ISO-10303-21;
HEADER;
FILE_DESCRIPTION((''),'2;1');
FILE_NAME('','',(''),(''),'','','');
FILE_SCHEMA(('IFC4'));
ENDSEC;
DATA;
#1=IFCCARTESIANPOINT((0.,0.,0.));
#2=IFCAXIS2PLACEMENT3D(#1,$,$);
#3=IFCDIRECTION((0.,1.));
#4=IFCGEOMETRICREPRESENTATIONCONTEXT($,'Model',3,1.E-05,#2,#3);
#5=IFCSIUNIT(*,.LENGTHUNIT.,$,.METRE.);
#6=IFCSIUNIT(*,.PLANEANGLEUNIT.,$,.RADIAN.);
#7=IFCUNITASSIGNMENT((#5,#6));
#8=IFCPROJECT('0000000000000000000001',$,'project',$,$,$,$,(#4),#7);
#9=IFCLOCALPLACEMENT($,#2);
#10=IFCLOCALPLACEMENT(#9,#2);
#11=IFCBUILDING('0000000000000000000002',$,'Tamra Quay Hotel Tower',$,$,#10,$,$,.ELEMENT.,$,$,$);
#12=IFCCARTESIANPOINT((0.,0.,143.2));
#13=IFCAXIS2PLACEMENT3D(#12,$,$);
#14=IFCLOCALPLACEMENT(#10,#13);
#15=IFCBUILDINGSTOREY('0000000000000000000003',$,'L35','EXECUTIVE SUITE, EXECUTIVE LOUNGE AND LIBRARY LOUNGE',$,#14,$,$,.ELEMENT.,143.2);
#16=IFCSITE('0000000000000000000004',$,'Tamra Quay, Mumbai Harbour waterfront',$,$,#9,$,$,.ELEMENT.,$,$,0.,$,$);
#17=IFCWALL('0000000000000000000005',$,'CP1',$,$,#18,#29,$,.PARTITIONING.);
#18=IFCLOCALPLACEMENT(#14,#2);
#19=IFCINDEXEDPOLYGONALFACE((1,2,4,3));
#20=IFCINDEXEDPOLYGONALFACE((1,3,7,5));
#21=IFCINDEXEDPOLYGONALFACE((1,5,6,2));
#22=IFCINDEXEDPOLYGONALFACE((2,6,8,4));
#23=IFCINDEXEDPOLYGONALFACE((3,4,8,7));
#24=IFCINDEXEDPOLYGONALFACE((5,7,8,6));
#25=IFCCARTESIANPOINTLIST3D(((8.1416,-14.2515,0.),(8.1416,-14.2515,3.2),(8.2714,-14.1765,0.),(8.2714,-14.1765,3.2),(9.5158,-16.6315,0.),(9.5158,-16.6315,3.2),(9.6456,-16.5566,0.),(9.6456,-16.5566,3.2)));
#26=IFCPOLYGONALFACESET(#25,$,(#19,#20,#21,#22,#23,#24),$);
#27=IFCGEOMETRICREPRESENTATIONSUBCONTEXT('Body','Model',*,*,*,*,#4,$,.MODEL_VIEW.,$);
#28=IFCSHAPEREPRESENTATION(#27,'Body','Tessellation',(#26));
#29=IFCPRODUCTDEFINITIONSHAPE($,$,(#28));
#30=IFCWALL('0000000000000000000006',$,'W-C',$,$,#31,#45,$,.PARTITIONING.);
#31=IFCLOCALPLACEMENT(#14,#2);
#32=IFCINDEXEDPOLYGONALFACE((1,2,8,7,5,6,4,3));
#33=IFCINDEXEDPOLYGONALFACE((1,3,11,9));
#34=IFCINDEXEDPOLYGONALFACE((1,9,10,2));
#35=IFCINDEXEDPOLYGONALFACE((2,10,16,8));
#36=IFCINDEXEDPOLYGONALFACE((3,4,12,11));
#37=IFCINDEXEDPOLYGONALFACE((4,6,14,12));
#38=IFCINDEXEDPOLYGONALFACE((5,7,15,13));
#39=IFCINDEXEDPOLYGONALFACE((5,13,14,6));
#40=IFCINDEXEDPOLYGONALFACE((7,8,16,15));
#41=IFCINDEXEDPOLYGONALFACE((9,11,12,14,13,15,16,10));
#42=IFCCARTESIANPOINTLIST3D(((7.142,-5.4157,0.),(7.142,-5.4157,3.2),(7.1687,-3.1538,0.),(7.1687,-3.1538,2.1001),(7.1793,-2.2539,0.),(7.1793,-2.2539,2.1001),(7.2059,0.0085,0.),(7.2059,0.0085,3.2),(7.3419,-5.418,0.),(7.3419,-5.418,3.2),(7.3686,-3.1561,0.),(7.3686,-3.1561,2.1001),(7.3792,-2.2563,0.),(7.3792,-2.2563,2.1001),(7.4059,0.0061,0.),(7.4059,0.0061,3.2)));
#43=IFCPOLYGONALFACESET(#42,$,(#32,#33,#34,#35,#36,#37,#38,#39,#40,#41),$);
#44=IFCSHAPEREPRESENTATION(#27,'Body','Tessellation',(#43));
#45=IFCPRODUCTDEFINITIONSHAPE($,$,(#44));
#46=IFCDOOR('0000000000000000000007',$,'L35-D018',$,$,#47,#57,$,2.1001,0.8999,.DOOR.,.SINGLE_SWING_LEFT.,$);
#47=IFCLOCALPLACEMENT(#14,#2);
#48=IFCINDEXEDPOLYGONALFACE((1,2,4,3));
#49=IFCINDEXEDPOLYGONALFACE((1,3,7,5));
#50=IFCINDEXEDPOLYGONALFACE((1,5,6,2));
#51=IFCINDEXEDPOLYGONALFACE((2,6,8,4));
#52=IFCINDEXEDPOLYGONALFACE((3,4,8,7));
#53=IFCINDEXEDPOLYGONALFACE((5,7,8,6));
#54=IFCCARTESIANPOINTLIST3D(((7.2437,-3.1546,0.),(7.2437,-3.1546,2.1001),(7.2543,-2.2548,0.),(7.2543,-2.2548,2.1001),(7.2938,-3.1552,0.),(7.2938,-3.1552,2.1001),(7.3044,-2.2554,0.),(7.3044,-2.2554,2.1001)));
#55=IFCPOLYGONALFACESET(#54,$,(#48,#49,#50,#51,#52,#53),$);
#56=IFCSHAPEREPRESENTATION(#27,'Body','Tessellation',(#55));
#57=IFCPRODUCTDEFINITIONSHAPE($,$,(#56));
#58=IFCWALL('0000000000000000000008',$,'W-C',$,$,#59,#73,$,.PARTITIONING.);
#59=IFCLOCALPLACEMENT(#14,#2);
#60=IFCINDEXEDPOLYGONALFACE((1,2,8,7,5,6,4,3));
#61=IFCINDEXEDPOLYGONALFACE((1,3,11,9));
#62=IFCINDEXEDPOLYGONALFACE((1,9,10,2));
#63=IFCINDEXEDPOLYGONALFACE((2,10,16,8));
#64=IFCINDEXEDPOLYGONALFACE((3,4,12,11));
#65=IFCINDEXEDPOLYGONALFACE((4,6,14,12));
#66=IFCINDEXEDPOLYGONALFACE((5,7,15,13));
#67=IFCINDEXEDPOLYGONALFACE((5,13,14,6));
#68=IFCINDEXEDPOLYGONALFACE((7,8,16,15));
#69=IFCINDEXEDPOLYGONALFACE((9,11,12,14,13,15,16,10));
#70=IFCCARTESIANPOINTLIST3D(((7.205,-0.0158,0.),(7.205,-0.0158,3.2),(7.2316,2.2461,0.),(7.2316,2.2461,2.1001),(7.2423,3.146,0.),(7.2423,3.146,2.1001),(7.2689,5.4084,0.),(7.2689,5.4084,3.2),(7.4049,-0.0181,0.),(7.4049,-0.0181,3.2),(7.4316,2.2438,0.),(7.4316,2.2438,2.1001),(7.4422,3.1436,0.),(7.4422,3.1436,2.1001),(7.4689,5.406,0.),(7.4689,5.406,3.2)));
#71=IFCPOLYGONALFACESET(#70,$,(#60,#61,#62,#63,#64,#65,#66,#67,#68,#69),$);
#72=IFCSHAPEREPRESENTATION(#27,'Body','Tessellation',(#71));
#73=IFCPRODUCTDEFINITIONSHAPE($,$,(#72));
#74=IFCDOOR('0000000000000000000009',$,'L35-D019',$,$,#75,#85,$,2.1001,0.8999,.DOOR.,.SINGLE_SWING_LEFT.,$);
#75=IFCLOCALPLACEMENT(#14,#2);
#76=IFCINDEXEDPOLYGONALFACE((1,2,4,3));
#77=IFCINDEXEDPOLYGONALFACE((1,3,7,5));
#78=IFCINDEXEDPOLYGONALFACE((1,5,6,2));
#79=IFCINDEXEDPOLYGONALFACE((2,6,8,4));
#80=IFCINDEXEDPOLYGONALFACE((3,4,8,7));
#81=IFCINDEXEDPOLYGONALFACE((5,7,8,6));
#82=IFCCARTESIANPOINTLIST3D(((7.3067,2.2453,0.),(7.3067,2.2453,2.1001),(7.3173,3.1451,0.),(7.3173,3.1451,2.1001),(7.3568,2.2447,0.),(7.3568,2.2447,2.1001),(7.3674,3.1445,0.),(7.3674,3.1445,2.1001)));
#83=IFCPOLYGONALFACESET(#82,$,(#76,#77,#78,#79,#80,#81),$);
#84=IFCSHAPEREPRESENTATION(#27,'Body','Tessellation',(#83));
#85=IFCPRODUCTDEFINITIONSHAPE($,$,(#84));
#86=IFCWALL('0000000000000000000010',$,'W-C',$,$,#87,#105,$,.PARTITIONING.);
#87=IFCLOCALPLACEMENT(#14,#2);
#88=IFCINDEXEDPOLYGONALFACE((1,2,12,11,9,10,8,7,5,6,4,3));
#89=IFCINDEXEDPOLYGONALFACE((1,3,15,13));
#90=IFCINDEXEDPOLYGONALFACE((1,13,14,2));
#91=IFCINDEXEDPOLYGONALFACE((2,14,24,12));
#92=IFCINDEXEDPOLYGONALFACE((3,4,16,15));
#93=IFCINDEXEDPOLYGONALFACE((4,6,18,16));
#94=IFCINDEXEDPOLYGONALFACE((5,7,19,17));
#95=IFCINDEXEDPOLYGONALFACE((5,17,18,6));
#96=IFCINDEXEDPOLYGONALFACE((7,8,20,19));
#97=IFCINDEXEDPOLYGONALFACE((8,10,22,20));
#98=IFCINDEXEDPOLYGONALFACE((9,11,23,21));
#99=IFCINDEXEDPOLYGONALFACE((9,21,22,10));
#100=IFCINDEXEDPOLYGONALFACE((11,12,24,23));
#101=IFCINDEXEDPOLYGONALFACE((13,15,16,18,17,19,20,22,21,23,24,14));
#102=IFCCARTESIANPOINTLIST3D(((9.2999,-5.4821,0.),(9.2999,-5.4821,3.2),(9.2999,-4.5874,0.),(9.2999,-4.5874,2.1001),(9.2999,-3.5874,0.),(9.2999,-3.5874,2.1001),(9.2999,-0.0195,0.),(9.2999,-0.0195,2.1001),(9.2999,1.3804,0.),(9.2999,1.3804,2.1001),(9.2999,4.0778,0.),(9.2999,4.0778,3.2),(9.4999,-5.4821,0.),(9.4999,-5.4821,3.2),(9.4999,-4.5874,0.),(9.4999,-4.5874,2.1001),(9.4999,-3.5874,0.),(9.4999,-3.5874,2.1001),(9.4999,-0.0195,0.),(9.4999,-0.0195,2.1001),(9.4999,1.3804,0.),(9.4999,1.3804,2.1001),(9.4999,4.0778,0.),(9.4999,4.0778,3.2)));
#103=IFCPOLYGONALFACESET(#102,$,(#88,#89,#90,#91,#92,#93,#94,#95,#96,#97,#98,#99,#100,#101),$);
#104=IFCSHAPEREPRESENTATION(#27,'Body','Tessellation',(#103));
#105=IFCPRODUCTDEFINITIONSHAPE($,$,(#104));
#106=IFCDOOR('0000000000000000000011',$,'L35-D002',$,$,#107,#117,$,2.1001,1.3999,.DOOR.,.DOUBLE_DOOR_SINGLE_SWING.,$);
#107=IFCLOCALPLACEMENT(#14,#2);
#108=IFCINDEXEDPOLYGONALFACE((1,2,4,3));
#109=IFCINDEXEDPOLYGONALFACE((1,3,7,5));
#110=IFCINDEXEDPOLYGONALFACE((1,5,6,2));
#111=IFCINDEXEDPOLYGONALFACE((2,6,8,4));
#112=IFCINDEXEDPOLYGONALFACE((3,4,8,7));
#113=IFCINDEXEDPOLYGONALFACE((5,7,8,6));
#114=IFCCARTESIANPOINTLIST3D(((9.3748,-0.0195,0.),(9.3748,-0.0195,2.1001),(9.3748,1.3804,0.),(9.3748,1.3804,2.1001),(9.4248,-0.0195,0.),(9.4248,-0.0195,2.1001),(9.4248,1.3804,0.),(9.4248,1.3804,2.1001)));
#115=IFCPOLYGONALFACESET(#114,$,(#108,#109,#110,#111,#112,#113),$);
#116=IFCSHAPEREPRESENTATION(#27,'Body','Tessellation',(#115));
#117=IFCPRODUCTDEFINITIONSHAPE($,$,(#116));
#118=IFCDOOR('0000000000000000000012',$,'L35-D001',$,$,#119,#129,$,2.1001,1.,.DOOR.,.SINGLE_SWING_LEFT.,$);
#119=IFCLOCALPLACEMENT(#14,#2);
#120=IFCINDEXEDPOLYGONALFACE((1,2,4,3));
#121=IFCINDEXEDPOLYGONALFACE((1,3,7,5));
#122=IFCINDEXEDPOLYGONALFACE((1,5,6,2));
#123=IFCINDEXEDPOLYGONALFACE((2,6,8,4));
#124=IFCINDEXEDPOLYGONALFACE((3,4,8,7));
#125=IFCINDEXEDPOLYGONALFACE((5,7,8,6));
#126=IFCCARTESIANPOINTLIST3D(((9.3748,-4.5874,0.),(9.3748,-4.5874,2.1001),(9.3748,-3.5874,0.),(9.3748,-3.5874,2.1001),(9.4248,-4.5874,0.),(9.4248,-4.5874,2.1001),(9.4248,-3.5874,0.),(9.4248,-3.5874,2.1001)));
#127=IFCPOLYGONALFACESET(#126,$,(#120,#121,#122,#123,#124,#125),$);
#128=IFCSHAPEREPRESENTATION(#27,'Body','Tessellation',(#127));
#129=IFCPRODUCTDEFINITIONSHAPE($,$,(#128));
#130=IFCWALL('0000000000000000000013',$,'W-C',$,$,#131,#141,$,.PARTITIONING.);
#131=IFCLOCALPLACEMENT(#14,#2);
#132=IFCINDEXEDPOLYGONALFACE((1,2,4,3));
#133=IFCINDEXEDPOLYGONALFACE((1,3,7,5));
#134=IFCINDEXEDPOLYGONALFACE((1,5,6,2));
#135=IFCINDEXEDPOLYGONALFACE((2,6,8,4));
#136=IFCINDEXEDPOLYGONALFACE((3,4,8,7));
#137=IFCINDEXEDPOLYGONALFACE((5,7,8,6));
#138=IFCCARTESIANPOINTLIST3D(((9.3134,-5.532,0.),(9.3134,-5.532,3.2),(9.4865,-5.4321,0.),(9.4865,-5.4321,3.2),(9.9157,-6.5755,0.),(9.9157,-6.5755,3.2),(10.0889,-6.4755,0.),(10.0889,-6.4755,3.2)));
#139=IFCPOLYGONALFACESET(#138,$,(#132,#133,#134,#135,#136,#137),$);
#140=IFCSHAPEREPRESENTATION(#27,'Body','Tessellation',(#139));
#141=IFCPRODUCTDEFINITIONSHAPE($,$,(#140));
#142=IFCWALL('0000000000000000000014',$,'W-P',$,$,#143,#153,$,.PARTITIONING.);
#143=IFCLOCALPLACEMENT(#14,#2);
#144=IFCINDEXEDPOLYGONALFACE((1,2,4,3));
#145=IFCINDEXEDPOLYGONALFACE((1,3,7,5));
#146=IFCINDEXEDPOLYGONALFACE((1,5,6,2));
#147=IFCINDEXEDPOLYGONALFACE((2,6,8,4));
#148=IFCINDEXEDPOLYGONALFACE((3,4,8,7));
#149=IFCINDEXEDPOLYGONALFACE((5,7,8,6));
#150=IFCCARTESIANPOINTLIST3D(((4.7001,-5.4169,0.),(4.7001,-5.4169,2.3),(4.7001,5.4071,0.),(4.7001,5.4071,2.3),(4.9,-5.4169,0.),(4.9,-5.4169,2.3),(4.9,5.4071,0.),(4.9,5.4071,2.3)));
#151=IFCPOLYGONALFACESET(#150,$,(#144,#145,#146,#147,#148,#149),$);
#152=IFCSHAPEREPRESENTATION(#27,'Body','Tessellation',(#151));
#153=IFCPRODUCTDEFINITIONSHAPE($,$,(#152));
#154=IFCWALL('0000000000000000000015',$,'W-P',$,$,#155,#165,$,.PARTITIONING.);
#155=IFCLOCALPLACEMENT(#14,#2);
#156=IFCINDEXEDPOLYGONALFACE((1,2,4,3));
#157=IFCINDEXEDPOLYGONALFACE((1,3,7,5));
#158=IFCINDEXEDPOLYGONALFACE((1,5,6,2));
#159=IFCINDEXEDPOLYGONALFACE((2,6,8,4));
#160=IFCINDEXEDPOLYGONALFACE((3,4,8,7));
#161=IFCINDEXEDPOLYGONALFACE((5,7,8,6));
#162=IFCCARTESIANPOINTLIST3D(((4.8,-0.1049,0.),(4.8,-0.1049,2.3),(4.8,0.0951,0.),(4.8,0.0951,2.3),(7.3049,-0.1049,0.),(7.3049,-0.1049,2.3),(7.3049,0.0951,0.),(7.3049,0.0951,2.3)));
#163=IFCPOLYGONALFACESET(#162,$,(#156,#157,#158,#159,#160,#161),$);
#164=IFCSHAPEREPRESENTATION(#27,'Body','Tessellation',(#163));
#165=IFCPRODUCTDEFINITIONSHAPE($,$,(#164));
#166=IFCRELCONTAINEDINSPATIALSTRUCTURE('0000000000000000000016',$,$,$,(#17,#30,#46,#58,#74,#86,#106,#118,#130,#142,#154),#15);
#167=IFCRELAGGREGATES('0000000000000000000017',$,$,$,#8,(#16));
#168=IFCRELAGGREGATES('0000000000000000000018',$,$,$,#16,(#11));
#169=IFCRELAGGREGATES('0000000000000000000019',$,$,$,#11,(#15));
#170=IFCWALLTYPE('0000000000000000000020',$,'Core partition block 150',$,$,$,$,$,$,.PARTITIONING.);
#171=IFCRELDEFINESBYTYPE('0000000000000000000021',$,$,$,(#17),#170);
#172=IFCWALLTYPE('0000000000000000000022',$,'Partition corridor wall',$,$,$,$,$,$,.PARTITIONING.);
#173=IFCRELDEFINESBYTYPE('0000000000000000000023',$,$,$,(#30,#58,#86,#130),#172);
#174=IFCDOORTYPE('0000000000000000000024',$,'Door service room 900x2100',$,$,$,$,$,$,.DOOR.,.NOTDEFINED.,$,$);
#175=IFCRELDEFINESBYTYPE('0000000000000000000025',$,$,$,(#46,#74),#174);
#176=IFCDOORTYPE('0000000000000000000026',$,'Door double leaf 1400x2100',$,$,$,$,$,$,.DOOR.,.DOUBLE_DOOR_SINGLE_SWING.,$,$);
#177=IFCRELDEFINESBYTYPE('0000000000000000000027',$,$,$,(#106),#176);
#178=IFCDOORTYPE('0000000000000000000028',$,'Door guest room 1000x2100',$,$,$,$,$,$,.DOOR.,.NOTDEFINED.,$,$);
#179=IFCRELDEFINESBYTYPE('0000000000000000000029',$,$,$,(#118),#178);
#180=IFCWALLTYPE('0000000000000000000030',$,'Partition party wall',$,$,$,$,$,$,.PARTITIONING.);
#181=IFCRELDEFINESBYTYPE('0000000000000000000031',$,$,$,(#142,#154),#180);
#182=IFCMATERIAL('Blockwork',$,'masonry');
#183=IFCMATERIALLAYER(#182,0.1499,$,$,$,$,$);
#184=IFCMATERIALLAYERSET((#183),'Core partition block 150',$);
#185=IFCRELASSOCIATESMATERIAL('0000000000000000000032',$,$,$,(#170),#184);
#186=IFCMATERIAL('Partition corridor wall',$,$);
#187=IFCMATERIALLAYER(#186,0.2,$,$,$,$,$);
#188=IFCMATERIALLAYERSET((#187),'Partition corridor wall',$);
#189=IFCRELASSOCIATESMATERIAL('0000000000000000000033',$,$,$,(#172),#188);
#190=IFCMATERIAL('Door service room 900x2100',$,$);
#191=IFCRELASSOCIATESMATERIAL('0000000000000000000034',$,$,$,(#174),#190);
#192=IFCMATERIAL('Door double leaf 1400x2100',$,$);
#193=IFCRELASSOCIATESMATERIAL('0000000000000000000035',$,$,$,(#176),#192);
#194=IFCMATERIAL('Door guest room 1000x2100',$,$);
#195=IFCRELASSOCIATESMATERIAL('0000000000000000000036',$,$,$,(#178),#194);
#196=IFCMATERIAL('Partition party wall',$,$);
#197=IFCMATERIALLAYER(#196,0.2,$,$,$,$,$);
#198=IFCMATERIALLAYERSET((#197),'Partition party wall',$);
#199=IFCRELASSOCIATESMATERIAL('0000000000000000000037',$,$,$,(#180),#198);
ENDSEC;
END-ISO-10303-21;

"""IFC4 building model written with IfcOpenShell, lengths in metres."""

from ifc_helpers import new_model, si_unit, direction, frame, frame_2d, origin, place, context, subcontext, project, spatial, rectangle, extrude, material, layer, layer_set, type_object, element, fill, save


model = new_model("IFC4")

# Units and contexts
model_context = context("Model", 3, precision=1e-05, world=origin(), true_north=direction((0.0, 1.0)))
body_context = subcontext(model_context, "Body", "Model", "MODEL_VIEW")
ifc_project = project(units=[si_unit("LENGTHUNIT", "METRE"), si_unit("PLANEANGLEUNIT", "RADIAN")], contexts=[model_context])

# Site, building, storey
site_placement = place(None, origin())
site = spatial("IfcSite", under=ifc_project, at=site_placement, Name="Tamra Quay, Mumbai Harbour waterfront", CompositionType="ELEMENT", RefElevation=0.0)
building_placement = place(site_placement, origin())
building = spatial("IfcBuilding", under=site, at=building_placement, Name="Tamra Quay Hotel Tower", CompositionType="ELEMENT")
storey_placement = place(building_placement, frame((0.0, 0.0, 143.2)))
storey = spatial("IfcBuildingStorey", under=building, at=storey_placement, Name="L35", Description="EXECUTIVE SUITE, EXECUTIVE LOUNGE AND LIBRARY LOUNGE", CompositionType="ELEMENT", Elevation=143.2)

# Wall
ifc_material_1 = material(Name="Blockwork", Category="masonry")
ifc_layer_1 = layer(ifc_material_1, 0.1499)
ifc_layer_set_1 = layer_set([ifc_layer_1], Name="Core partition block 150")
wall_type_1 = type_object("IfcWallType", Name="Core partition block 150", PredefinedType="PARTITIONING", material=ifc_layer_set_1)
wall_1_placement = place(storey_placement, frame((8.2065, -14.2141, 0.0), z_axis=(0.0, 0.0, 1.0), x_axis=(0.500027, -0.86601, 0.0)))
element("IfcWall", 1, at=wall_1_placement, inside=storey, type_object=wall_type_1, Name="CP1", PredefinedType="PARTITIONING", context=body_context, shape_type="SweptSolid", body=[
    extrude(rectangle(XDim=2.7483, YDim=0.1499, at=frame_2d((1.374, 0.0))), origin(), (0.0, 0.0, 1.0), 3.2),
])

# Walls, openings, doors
ifc_material_2 = material(Name="Partition corridor wall")
ifc_layer_2 = layer(ifc_material_2, 0.2)
ifc_layer_set_2 = layer_set([ifc_layer_2], Name="Partition corridor wall")
wall_type_2 = type_object("IfcWallType", Name="Partition corridor wall", PredefinedType="PARTITIONING", material=ifc_layer_set_2)
wall_2_placement = place(storey_placement, frame((7.2419, -5.417, 0.0), z_axis=(0.0, 0.0, 1.0), x_axis=(0.011792, 0.99993, 0.0)))
wall_2 = element("IfcWall", 2, at=wall_2_placement, inside=storey, type_object=wall_type_2, Name="W-C", PredefinedType="PARTITIONING", context=body_context, shape_type="SweptSolid", body=[
    extrude(rectangle(XDim=5.4246, YDim=0.2, at=frame_2d((2.7124, 0.0))), origin(), (0.0, 0.0, 1.0), 3.2),
])
opening_1_placement = place(wall_2_placement, frame((2.2622, 0.0, 0.0)))
opening_1 = element("IfcOpeningElement", 3, at=opening_1_placement, cuts=wall_2, PredefinedType="OPENING", context=body_context, shape_type="SweptSolid", body=[
    extrude(rectangle(XDim=0.8999, YDim=2.1001, at=frame_2d((0.45, 1.05))), frame((0.0, 0.1099, 0.0), z_axis=(0.0, -1.0, 0.0), x_axis=(1.0, 0.0, 0.0)), (0.0, 0.0, 1.0), 0.22),
])
ifc_material_3 = material(Name="Door service room 900x2100")
door_type_1 = type_object("IfcDoorType", Name="Door service room 900x2100", OperationType="NOTDEFINED", PredefinedType="DOOR", material=ifc_material_3)
door_1_placement = place(opening_1_placement, origin())
door_1 = element("IfcDoor", 4, at=door_1_placement, inside=storey, type_object=door_type_1, Name="L35-D018", OperationType="SINGLE_SWING_LEFT", OverallHeight=2.1001, OverallWidth=0.8999, PredefinedType="DOOR", context=body_context, shape_type="SweptSolid", body=[
    extrude(rectangle(XDim=0.8999, YDim=2.1001, at=frame_2d((0.45, 1.05))), frame((0.0, 0.0249, 0.0), z_axis=(0.0, -1.0, 0.0), x_axis=(1.0, 0.0, 0.0)), (0.0, 0.0, 1.0), 0.05),
])
fill(opening_1, door_1)
wall_3_placement = place(storey_placement, frame((7.3049, -0.0171, 0.0), z_axis=(0.0, 0.0, 1.0), x_axis=(0.011792, 0.99993, 0.0)))
wall_3 = element("IfcWall", 5, at=wall_3_placement, inside=storey, type_object=wall_type_2, Name="W-C", PredefinedType="PARTITIONING", context=body_context, shape_type="SweptSolid", body=[
    extrude(rectangle(XDim=5.4246, YDim=0.2, at=frame_2d((2.7124, 0.0))), origin(), (0.0, 0.0, 1.0), 3.2),
])
opening_2_placement = place(wall_3_placement, frame((2.2622, 0.0, 0.0)))
opening_2 = element("IfcOpeningElement", 6, at=opening_2_placement, cuts=wall_3, PredefinedType="OPENING", context=body_context, shape_type="SweptSolid", body=[
    extrude(rectangle(XDim=0.8999, YDim=2.1001, at=frame_2d((0.45, 1.05))), frame((0.0, 0.1099, 0.0), z_axis=(0.0, -1.0, 0.0), x_axis=(1.0, 0.0, 0.0)), (0.0, 0.0, 1.0), 0.22),
])
door_2_placement = place(opening_2_placement, origin())
door_2 = element("IfcDoor", 7, at=door_2_placement, inside=storey, type_object=door_type_1, Name="L35-D019", OperationType="SINGLE_SWING_LEFT", OverallHeight=2.1001, OverallWidth=0.8999, PredefinedType="DOOR", context=body_context, shape_type="SweptSolid", body=[
    extrude(rectangle(XDim=0.8999, YDim=2.1001, at=frame_2d((0.45, 1.05))), frame((0.0, 0.0249, 0.0), z_axis=(0.0, -1.0, 0.0), x_axis=(1.0, 0.0, 0.0)), (0.0, 0.0, 1.0), 0.05),
])
fill(opening_2, door_2)

# Wall, openings, doors
wall_4_placement = place(storey_placement, frame((9.3999, -5.4819, 0.0), z_axis=(0.0, 0.0, 1.0), x_axis=(0.0, 1.0, 0.0)))
wall_4 = element("IfcWall", 8, at=wall_4_placement, inside=storey, type_object=wall_type_2, Name="W-C", PredefinedType="PARTITIONING", context=body_context, shape_type="SweptSolid", body=[
    extrude(rectangle(XDim=9.5598, YDim=0.2, at=frame_2d((4.7798, 0.0))), origin(), (0.0, 0.0, 1.0), 3.2),
])
opening_3_placement = place(wall_4_placement, frame((0.8945, 0.0, 0.0)))
opening_3 = element("IfcOpeningElement", 9, at=opening_3_placement, cuts=wall_4, PredefinedType="OPENING", context=body_context, shape_type="SweptSolid", body=[
    extrude(rectangle(XDim=1.0, YDim=2.1001, at=frame_2d((0.5, 1.05))), frame((0.0, 0.1099, 0.0), z_axis=(0.0, -1.0, 0.0), x_axis=(1.0, 0.0, 0.0)), (0.0, 0.0, 1.0), 0.22),
])
opening_4_placement = place(wall_4_placement, frame((5.4624, 0.0, 0.0)))
opening_4 = element("IfcOpeningElement", 10, at=opening_4_placement, cuts=wall_4, PredefinedType="OPENING", context=body_context, shape_type="SweptSolid", body=[
    extrude(rectangle(XDim=1.3999, YDim=2.1001, at=frame_2d((0.7, 1.05))), frame((0.0, 0.1099, 0.0), z_axis=(0.0, -1.0, 0.0), x_axis=(1.0, 0.0, 0.0)), (0.0, 0.0, 1.0), 0.22),
])
ifc_material_4 = material(Name="Door double leaf 1400x2100")
door_type_2 = type_object("IfcDoorType", Name="Door double leaf 1400x2100", OperationType="DOUBLE_DOOR_SINGLE_SWING", PredefinedType="DOOR", material=ifc_material_4)
door_3_placement = place(opening_4_placement, frame((1.3999, 0.0, 0.0), z_axis=(0.0, 0.0, 1.0), x_axis=(-1.0, 0.0, 0.0)))
door_3 = element("IfcDoor", 11, at=door_3_placement, inside=storey, type_object=door_type_2, Name="L35-D002", OperationType="DOUBLE_DOOR_SINGLE_SWING", OverallHeight=2.1001, OverallWidth=1.3999, PredefinedType="DOOR", context=body_context, shape_type="SweptSolid", body=[
    extrude(rectangle(XDim=1.3999, YDim=2.1001, at=frame_2d((0.7, 1.05))), frame((0.0, 0.0249, 0.0), z_axis=(0.0, -1.0, 0.0), x_axis=(1.0, 0.0, 0.0)), (0.0, 0.0, 1.0), 0.05),
])
fill(opening_4, door_3)
ifc_material_5 = material(Name="Door guest room 1000x2100")
door_type_3 = type_object("IfcDoorType", Name="Door guest room 1000x2100", OperationType="NOTDEFINED", PredefinedType="DOOR", material=ifc_material_5)
door_4_placement = place(opening_3_placement, frame((1.0, 0.0, 0.0), z_axis=(0.0, 0.0, 1.0), x_axis=(-1.0, 0.0, 0.0)))
door_4 = element("IfcDoor", 12, at=door_4_placement, inside=storey, type_object=door_type_3, Name="L35-D001", OperationType="SINGLE_SWING_LEFT", OverallHeight=2.1001, OverallWidth=1.0, PredefinedType="DOOR", context=body_context, shape_type="SweptSolid", body=[
    extrude(rectangle(XDim=1.0, YDim=2.1001, at=frame_2d((0.5, 1.05))), frame((0.0, 0.0249, 0.0), z_axis=(0.0, -1.0, 0.0), x_axis=(1.0, 0.0, 0.0)), (0.0, 0.0, 1.0), 0.05),
])
fill(opening_3, door_4)

# Walls
wall_5_placement = place(storey_placement, frame((9.3999, -5.4819, 0.0), z_axis=(0.0, 0.0, 1.0), x_axis=(0.49991, -0.866078, 0.0)))
element("IfcWall", 13, at=wall_5_placement, inside=storey, type_object=wall_type_2, Name="W-C", PredefinedType="PARTITIONING", context=body_context, shape_type="SweptSolid", body=[
    extrude(rectangle(XDim=1.2048, YDim=0.2, at=frame_2d((0.6025, 0.0))), origin(), (0.0, 0.0, 1.0), 3.2),
])
ifc_material_6 = material(Name="Partition party wall")
ifc_layer_3 = layer(ifc_material_6, 0.2)
ifc_layer_set_3 = layer_set([ifc_layer_3], Name="Partition party wall")
wall_type_3 = type_object("IfcWallType", Name="Partition party wall", PredefinedType="PARTITIONING", material=ifc_layer_set_3)
wall_6_placement = place(storey_placement, frame((4.8, -5.417, 0.0), z_axis=(0.0, 0.0, 1.0), x_axis=(0.0, 1.0, 0.0)))
element("IfcWall", 14, at=wall_6_placement, inside=storey, type_object=wall_type_3, Name="W-P", PredefinedType="PARTITIONING", context=body_context, shape_type="SweptSolid", body=[
    extrude(rectangle(XDim=10.824, YDim=0.2, at=frame_2d((5.4121, 0.0))), origin(), (0.0, 0.0, 1.0), 2.3),
])
wall_7_placement = place(storey_placement, frame((4.8, -0.0049, 0.0), z_axis=(0.0, 0.0, 1.0), x_axis=(1.0, 0.0, 0.0)))
element("IfcWall", 15, at=wall_7_placement, inside=storey, type_object=wall_type_3, Name="W-P", PredefinedType="PARTITIONING", context=body_context, shape_type="SweptSolid", body=[
    extrude(rectangle(XDim=2.5049, YDim=0.2, at=frame_2d((1.2524, 0.0))), origin(), (0.0, 0.0, 1.0), 2.3),
])

save(model, "model.ifc")
